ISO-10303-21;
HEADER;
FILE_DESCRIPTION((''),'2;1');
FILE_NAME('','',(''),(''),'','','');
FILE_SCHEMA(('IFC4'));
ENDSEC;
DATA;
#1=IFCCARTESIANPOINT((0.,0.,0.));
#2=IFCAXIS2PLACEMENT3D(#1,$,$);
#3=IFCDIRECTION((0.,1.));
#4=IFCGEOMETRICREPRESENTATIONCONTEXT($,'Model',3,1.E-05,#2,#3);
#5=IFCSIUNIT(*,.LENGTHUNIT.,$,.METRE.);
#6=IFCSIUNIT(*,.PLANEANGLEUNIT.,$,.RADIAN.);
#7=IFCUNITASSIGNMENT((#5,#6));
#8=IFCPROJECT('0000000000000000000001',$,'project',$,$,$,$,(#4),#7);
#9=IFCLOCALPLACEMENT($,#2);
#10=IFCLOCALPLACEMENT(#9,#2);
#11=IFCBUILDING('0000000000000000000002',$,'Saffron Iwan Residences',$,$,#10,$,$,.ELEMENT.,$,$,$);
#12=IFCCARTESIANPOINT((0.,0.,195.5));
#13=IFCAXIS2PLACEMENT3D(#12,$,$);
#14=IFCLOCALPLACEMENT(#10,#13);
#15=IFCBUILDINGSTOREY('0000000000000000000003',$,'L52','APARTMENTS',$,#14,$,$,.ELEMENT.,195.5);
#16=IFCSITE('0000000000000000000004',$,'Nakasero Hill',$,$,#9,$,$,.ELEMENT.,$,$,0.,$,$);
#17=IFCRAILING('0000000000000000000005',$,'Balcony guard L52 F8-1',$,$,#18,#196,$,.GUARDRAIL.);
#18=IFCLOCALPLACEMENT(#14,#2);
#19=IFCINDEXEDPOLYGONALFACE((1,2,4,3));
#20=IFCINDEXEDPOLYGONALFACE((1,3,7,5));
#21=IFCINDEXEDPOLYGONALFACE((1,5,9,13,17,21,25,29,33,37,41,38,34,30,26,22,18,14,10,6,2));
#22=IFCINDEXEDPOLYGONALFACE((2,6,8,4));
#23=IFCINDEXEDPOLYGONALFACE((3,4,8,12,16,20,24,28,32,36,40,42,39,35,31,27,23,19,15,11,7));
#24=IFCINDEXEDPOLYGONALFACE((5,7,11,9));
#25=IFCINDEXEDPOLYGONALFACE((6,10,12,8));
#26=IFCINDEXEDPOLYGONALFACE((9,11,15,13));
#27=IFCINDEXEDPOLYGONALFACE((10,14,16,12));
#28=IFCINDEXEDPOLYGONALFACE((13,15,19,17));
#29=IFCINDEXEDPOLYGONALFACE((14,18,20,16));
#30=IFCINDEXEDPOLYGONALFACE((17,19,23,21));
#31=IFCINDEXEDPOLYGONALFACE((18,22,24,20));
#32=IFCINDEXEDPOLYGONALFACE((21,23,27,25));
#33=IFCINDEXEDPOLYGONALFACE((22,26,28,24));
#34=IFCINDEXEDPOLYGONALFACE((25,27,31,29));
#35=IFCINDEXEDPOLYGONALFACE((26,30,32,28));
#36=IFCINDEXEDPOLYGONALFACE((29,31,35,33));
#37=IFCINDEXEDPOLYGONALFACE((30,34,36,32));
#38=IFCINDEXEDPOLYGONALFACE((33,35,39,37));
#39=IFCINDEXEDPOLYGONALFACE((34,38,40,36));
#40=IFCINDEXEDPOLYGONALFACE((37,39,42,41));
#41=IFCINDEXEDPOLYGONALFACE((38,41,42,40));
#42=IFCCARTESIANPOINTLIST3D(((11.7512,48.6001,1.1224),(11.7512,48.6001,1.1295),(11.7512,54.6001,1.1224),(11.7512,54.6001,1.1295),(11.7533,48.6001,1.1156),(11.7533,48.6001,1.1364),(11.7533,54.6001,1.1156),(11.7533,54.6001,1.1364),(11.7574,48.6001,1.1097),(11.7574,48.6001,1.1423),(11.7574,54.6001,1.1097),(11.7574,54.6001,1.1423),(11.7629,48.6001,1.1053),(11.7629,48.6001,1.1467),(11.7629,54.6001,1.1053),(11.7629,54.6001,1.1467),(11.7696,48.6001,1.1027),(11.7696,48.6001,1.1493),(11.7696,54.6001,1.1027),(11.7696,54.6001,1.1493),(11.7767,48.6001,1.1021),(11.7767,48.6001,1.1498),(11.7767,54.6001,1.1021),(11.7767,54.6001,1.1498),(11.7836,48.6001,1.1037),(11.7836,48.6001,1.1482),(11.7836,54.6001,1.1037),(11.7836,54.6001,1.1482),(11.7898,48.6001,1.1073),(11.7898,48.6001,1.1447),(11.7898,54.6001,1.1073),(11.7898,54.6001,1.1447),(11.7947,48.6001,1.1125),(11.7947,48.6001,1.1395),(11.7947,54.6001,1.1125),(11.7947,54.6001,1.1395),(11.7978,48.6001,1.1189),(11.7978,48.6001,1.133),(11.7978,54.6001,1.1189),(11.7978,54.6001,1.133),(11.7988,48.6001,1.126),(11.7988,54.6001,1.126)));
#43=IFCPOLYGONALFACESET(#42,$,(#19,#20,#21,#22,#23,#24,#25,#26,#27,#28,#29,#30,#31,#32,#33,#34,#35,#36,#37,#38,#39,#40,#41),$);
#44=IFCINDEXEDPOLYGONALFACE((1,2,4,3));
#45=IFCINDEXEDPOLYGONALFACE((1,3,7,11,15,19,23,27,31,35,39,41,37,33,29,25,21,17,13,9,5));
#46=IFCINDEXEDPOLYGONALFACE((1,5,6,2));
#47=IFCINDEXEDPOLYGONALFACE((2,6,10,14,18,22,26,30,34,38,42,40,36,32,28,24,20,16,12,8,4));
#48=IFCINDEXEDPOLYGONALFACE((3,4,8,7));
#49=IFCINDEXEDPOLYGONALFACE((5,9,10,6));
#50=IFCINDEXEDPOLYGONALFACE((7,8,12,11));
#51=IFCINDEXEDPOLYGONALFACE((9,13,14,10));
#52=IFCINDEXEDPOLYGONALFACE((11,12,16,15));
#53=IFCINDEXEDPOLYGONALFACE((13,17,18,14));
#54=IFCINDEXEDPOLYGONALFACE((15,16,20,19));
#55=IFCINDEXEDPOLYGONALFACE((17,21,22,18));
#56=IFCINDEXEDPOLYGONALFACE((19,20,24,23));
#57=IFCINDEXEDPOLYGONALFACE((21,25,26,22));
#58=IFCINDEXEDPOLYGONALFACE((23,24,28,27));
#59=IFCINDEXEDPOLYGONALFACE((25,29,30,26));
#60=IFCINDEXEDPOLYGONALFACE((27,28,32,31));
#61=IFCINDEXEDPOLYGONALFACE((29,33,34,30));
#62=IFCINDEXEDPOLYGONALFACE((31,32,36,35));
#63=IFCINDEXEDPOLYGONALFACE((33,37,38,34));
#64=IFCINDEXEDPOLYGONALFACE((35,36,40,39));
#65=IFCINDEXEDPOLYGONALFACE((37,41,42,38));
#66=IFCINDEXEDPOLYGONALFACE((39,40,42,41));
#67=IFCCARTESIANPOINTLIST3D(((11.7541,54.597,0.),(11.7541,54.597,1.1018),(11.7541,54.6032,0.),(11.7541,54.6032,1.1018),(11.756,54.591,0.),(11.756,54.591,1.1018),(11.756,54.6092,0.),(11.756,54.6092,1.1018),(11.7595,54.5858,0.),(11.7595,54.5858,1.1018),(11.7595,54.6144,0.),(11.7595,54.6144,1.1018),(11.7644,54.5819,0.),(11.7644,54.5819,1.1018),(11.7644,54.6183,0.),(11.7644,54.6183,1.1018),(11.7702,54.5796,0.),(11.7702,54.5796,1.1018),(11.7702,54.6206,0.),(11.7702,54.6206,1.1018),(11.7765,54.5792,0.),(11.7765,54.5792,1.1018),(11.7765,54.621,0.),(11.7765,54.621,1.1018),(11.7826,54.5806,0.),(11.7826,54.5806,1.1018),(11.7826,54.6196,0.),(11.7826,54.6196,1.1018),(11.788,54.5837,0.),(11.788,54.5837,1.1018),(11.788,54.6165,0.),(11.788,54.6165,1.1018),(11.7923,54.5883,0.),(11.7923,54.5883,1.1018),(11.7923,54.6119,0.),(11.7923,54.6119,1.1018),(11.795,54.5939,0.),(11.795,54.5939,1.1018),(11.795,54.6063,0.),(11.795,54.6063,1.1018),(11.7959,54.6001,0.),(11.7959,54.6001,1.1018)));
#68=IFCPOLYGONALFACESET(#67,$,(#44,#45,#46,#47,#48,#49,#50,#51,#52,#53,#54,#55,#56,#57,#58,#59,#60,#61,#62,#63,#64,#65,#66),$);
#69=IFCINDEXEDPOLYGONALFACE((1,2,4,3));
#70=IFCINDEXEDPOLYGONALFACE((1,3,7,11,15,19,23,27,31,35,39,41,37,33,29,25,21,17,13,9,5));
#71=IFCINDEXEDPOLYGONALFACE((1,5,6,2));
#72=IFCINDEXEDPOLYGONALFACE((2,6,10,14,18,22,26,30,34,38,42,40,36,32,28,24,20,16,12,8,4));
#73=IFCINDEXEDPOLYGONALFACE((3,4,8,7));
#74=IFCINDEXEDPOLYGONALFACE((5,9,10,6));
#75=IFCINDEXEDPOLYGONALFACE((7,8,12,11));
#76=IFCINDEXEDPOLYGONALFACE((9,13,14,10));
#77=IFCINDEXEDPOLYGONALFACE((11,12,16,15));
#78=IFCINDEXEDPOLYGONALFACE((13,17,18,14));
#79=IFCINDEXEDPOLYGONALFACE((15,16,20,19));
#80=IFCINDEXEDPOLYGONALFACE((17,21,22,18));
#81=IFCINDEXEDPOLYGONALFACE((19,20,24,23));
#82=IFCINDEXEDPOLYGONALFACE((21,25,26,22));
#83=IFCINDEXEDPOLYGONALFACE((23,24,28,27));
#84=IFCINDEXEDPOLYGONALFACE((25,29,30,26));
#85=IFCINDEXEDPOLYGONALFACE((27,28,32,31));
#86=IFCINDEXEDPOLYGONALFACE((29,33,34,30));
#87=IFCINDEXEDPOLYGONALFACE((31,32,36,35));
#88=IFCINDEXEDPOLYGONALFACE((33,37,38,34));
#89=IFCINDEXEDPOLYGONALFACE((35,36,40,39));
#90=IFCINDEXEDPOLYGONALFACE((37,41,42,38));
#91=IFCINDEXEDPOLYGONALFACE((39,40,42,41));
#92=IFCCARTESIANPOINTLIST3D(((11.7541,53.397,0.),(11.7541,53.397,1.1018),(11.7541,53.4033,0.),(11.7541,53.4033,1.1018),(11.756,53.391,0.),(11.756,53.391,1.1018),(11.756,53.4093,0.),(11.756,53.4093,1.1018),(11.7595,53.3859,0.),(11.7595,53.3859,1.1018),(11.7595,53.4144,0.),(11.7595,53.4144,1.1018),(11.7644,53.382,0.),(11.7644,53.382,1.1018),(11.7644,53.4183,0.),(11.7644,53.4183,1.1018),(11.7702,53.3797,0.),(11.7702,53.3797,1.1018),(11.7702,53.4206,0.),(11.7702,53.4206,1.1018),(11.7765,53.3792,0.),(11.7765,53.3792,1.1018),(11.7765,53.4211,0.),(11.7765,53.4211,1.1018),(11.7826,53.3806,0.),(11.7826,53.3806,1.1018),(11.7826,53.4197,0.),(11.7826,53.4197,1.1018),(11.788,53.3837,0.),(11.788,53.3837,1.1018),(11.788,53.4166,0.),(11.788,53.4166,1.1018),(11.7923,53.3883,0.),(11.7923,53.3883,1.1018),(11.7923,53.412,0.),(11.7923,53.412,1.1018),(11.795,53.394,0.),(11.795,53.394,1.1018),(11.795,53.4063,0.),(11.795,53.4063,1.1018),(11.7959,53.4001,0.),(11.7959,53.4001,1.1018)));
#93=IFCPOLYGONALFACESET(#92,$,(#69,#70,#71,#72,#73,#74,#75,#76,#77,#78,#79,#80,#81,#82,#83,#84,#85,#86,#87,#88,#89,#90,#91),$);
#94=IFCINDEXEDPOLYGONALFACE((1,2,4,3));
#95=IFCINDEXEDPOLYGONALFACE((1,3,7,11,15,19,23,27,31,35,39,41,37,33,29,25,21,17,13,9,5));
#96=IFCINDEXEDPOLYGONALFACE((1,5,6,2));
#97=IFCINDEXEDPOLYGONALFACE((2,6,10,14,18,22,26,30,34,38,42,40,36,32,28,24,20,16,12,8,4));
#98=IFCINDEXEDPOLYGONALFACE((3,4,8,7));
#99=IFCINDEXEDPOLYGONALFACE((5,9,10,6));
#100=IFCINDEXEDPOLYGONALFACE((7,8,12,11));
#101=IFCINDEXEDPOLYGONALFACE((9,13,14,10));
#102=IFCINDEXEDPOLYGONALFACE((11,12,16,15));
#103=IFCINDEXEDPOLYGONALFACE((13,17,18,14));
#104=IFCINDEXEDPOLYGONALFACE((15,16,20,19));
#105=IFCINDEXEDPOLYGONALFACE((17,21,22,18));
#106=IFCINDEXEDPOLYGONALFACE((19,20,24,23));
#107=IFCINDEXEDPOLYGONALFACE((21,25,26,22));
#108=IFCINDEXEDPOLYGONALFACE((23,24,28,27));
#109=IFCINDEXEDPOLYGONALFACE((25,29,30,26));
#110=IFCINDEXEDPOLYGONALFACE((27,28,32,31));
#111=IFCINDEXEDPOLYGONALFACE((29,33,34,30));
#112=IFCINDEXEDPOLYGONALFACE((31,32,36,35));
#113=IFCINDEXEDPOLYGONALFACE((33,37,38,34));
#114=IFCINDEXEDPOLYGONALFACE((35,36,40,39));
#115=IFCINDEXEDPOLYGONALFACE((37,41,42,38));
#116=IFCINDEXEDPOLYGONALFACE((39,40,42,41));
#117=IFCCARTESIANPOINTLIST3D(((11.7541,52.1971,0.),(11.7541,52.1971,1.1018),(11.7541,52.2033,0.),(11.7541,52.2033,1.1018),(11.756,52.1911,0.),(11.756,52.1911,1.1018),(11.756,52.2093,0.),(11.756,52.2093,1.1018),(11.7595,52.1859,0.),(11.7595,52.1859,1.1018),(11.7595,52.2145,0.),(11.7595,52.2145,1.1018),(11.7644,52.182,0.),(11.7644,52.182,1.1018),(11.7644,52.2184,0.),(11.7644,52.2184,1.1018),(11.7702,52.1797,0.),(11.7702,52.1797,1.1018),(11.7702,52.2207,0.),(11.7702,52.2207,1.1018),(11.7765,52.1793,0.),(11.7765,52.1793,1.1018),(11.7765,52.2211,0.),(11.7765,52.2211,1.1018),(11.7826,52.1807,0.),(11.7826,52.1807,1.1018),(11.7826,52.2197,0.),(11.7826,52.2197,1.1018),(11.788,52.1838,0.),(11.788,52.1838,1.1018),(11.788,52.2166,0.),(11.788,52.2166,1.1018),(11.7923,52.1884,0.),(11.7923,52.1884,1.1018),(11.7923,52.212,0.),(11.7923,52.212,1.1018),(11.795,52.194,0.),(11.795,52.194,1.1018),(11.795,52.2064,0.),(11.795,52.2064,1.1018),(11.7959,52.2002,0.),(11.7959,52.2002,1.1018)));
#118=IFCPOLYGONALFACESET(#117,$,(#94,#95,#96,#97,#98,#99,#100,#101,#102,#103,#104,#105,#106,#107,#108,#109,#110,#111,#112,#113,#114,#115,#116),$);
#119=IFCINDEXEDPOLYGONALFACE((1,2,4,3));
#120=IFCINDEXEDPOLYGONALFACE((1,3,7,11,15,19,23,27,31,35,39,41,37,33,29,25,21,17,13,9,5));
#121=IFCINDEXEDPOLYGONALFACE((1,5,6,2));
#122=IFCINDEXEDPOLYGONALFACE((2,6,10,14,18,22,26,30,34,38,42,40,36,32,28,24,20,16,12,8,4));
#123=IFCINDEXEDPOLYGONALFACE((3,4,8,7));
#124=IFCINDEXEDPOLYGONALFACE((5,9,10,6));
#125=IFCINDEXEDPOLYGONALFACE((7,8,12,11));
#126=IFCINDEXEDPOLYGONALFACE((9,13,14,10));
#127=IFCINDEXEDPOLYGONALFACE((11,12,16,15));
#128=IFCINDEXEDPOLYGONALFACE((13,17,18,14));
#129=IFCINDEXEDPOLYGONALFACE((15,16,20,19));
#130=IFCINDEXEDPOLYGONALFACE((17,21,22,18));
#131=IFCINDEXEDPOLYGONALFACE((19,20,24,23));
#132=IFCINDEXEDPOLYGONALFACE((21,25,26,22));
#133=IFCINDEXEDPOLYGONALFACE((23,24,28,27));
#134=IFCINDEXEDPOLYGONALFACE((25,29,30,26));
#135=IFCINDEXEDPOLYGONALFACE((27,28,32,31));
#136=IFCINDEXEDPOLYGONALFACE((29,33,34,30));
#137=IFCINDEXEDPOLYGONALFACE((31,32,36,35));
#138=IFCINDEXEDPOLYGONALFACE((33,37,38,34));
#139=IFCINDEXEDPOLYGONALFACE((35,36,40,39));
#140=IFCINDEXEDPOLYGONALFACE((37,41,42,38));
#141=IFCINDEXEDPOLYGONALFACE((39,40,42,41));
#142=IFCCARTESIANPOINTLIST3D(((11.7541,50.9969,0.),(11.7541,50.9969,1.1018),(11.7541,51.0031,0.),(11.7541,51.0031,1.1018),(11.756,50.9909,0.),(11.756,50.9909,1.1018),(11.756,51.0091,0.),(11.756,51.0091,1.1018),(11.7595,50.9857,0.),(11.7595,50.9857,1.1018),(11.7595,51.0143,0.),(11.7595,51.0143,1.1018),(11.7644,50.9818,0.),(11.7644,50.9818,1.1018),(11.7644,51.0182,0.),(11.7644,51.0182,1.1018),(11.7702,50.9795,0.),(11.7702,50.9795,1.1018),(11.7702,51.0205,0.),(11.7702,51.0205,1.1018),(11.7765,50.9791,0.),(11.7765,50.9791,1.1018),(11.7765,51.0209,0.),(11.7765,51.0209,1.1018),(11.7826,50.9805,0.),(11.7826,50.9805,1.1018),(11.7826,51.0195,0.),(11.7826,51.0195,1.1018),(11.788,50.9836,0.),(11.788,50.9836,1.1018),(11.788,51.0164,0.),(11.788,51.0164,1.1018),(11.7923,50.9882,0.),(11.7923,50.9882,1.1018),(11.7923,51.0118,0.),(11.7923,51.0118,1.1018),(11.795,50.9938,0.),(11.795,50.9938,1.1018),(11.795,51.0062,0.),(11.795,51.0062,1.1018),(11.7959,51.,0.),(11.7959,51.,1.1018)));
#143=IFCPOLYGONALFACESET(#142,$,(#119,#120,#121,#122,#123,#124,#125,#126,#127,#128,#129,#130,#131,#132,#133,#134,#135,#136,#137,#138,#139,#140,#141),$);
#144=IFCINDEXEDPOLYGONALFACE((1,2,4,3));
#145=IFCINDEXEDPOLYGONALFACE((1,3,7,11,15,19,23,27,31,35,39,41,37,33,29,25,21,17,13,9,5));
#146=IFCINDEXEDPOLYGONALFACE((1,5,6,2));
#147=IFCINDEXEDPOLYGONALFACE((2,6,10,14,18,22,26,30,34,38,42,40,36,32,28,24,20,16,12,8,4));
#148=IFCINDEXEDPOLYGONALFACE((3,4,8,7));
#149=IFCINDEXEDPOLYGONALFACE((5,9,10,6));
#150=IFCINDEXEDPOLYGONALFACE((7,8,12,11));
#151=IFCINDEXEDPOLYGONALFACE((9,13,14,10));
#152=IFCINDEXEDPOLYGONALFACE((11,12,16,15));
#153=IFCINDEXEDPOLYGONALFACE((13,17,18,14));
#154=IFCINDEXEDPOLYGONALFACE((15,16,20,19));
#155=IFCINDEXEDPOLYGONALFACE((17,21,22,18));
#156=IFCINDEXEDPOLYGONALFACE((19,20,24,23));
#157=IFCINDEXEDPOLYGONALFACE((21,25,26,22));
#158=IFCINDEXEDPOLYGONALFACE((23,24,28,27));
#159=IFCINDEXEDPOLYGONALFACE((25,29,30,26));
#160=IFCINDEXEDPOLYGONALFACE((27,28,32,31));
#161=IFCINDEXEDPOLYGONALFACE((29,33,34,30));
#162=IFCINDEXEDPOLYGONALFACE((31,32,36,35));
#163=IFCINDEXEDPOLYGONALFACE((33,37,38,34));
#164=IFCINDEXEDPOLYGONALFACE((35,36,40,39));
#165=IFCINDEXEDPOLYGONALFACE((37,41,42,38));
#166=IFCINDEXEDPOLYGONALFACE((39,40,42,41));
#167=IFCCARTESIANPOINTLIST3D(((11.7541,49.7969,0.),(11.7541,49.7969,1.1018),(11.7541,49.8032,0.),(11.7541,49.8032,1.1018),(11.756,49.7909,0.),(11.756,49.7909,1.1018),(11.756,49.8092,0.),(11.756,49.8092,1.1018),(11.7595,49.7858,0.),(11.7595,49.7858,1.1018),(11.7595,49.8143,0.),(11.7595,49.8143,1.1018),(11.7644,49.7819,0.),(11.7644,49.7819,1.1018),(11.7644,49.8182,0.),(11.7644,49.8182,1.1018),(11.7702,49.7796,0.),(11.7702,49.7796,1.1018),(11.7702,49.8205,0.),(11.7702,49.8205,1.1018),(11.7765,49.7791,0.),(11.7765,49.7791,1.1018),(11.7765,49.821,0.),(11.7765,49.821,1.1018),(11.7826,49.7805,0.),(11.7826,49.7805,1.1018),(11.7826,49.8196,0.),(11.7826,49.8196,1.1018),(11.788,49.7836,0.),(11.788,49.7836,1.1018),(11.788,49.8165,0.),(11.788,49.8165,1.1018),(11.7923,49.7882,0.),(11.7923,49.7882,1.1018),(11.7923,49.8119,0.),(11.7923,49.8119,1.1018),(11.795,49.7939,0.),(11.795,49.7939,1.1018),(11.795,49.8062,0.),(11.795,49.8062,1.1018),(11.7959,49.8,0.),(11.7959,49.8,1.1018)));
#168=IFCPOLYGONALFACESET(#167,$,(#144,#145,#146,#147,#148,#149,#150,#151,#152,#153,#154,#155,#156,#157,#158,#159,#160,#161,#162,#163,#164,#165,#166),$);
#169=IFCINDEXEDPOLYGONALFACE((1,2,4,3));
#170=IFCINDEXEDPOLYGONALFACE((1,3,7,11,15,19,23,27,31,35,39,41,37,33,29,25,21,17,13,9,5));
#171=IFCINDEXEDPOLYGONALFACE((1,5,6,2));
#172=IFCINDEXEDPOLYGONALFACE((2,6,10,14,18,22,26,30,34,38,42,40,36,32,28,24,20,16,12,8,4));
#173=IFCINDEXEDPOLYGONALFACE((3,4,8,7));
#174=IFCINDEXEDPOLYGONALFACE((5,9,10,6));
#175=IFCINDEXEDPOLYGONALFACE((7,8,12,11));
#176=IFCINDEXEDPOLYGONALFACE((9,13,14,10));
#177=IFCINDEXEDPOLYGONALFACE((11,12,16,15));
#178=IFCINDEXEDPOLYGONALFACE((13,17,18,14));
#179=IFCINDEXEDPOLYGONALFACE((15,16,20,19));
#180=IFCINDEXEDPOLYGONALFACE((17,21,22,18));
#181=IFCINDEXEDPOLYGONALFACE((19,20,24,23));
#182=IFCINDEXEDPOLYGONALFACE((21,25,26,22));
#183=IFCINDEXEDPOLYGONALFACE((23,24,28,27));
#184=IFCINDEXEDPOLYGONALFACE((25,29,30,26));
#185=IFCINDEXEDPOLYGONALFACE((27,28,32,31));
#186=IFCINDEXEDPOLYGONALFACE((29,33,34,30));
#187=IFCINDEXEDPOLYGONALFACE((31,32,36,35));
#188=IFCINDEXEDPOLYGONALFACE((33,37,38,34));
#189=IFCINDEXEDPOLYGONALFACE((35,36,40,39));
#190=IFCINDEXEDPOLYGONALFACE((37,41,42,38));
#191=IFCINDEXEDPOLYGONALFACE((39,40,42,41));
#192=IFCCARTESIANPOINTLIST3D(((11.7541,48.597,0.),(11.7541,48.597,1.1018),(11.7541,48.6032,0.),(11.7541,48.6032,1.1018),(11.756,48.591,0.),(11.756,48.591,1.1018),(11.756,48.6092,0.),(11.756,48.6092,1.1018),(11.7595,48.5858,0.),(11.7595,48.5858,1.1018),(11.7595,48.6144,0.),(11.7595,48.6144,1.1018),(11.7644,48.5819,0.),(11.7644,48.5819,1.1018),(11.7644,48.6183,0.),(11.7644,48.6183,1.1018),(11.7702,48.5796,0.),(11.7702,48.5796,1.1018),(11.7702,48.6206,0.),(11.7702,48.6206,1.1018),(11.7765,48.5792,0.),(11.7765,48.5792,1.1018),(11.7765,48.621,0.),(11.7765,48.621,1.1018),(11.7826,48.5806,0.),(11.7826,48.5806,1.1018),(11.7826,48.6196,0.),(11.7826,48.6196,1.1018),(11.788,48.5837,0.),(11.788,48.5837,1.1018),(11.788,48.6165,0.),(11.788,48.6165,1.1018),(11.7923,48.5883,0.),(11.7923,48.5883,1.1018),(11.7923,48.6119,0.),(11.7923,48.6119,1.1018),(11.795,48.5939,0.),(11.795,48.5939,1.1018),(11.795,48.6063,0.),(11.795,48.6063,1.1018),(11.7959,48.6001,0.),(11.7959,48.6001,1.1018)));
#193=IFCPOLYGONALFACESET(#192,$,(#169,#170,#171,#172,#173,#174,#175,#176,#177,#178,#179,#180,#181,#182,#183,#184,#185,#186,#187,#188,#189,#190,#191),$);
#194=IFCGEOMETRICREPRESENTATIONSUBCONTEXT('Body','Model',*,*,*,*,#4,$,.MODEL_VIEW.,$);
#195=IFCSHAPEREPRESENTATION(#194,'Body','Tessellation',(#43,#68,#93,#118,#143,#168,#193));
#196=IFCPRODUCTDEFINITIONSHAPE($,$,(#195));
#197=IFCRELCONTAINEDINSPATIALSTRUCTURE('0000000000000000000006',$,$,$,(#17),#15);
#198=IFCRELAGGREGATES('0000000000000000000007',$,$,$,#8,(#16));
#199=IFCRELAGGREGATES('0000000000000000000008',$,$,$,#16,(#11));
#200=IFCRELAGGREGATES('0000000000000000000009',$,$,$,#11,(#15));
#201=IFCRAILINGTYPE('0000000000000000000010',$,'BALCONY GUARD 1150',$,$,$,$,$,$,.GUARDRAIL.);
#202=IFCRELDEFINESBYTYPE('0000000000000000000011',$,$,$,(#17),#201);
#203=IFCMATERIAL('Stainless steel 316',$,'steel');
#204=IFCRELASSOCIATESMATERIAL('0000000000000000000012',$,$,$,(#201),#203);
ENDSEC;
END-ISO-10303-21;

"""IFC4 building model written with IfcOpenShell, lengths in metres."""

from ifc_helpers import new_model, si_unit, direction, frame, origin, origin_2d, place, context, subcontext, project, spatial, circle, extrude, material, type_object, element, save


model = new_model("IFC4")

# Units and contexts
model_context = context("Model", 3, precision=1e-05, world=origin(), true_north=direction((0.0, 1.0)))
body_context = subcontext(model_context, "Body", "Model", "MODEL_VIEW")
ifc_project = project(units=[si_unit("LENGTHUNIT", "METRE"), si_unit("PLANEANGLEUNIT", "RADIAN")], contexts=[model_context])

# Site, building, storey
site_placement = place(None, origin())
site = spatial("IfcSite", under=ifc_project, at=site_placement, Name="Nakasero Hill", CompositionType="ELEMENT", RefElevation=0.0)
building_placement = place(site_placement, origin())
building = spatial("IfcBuilding", under=site, at=building_placement, Name="Saffron Iwan Residences", CompositionType="ELEMENT")
storey_placement = place(building_placement, frame((0.0, 0.0, 195.5)))
storey = spatial("IfcBuildingStorey", under=building, at=storey_placement, Name="L52", Description="APARTMENTS", CompositionType="ELEMENT", Elevation=195.5)

# Railing
ifc_material_1 = material(Name="Stainless steel 316", Category="steel")
railing_type = type_object("IfcRailingType", Name="BALCONY GUARD 1150", PredefinedType="GUARDRAIL", material=ifc_material_1)
railing_placement = place(storey_placement, frame((11.7749, 54.6001, 0.0)))
element("IfcRailing", 1, at=railing_placement, inside=storey, type_object=railing_type, Name="Balcony guard L52 F8-1", PredefinedType="GUARDRAIL", context=body_context, shape_type="SweptSolid", body=[
    extrude(circle(Radius=0.0239, at=origin_2d()), frame((0.0, 0.0, 1.126), z_axis=(0.0, -1.0, 0.0), x_axis=(1.0, 0.0, 0.0)), (0.0, 0.0, 1.0), 6.0),
    extrude(circle(Radius=0.021, at=origin_2d()), origin(), (0.0, 0.0, 1.0), 1.1018),
    extrude(circle(Radius=0.021, at=origin_2d()), frame((0.0, -1.2, 0.0)), (0.0, 0.0, 1.0), 1.1018),
    extrude(circle(Radius=0.021, at=origin_2d()), frame((0.0, -2.3999, 0.0)), (0.0, 0.0, 1.0), 1.1018),
    extrude(circle(Radius=0.021, at=origin_2d()), frame((0.0, -3.6001, 0.0)), (0.0, 0.0, 1.0), 1.1018),
    extrude(circle(Radius=0.021, at=origin_2d()), frame((0.0, -4.8, 0.0)), (0.0, 0.0, 1.0), 1.1018),
    extrude(circle(Radius=0.021, at=origin_2d()), frame((0.0, -6.0, 0.0)), (0.0, 0.0, 1.0), 1.1018),
])

save(model, "model.ifc")
